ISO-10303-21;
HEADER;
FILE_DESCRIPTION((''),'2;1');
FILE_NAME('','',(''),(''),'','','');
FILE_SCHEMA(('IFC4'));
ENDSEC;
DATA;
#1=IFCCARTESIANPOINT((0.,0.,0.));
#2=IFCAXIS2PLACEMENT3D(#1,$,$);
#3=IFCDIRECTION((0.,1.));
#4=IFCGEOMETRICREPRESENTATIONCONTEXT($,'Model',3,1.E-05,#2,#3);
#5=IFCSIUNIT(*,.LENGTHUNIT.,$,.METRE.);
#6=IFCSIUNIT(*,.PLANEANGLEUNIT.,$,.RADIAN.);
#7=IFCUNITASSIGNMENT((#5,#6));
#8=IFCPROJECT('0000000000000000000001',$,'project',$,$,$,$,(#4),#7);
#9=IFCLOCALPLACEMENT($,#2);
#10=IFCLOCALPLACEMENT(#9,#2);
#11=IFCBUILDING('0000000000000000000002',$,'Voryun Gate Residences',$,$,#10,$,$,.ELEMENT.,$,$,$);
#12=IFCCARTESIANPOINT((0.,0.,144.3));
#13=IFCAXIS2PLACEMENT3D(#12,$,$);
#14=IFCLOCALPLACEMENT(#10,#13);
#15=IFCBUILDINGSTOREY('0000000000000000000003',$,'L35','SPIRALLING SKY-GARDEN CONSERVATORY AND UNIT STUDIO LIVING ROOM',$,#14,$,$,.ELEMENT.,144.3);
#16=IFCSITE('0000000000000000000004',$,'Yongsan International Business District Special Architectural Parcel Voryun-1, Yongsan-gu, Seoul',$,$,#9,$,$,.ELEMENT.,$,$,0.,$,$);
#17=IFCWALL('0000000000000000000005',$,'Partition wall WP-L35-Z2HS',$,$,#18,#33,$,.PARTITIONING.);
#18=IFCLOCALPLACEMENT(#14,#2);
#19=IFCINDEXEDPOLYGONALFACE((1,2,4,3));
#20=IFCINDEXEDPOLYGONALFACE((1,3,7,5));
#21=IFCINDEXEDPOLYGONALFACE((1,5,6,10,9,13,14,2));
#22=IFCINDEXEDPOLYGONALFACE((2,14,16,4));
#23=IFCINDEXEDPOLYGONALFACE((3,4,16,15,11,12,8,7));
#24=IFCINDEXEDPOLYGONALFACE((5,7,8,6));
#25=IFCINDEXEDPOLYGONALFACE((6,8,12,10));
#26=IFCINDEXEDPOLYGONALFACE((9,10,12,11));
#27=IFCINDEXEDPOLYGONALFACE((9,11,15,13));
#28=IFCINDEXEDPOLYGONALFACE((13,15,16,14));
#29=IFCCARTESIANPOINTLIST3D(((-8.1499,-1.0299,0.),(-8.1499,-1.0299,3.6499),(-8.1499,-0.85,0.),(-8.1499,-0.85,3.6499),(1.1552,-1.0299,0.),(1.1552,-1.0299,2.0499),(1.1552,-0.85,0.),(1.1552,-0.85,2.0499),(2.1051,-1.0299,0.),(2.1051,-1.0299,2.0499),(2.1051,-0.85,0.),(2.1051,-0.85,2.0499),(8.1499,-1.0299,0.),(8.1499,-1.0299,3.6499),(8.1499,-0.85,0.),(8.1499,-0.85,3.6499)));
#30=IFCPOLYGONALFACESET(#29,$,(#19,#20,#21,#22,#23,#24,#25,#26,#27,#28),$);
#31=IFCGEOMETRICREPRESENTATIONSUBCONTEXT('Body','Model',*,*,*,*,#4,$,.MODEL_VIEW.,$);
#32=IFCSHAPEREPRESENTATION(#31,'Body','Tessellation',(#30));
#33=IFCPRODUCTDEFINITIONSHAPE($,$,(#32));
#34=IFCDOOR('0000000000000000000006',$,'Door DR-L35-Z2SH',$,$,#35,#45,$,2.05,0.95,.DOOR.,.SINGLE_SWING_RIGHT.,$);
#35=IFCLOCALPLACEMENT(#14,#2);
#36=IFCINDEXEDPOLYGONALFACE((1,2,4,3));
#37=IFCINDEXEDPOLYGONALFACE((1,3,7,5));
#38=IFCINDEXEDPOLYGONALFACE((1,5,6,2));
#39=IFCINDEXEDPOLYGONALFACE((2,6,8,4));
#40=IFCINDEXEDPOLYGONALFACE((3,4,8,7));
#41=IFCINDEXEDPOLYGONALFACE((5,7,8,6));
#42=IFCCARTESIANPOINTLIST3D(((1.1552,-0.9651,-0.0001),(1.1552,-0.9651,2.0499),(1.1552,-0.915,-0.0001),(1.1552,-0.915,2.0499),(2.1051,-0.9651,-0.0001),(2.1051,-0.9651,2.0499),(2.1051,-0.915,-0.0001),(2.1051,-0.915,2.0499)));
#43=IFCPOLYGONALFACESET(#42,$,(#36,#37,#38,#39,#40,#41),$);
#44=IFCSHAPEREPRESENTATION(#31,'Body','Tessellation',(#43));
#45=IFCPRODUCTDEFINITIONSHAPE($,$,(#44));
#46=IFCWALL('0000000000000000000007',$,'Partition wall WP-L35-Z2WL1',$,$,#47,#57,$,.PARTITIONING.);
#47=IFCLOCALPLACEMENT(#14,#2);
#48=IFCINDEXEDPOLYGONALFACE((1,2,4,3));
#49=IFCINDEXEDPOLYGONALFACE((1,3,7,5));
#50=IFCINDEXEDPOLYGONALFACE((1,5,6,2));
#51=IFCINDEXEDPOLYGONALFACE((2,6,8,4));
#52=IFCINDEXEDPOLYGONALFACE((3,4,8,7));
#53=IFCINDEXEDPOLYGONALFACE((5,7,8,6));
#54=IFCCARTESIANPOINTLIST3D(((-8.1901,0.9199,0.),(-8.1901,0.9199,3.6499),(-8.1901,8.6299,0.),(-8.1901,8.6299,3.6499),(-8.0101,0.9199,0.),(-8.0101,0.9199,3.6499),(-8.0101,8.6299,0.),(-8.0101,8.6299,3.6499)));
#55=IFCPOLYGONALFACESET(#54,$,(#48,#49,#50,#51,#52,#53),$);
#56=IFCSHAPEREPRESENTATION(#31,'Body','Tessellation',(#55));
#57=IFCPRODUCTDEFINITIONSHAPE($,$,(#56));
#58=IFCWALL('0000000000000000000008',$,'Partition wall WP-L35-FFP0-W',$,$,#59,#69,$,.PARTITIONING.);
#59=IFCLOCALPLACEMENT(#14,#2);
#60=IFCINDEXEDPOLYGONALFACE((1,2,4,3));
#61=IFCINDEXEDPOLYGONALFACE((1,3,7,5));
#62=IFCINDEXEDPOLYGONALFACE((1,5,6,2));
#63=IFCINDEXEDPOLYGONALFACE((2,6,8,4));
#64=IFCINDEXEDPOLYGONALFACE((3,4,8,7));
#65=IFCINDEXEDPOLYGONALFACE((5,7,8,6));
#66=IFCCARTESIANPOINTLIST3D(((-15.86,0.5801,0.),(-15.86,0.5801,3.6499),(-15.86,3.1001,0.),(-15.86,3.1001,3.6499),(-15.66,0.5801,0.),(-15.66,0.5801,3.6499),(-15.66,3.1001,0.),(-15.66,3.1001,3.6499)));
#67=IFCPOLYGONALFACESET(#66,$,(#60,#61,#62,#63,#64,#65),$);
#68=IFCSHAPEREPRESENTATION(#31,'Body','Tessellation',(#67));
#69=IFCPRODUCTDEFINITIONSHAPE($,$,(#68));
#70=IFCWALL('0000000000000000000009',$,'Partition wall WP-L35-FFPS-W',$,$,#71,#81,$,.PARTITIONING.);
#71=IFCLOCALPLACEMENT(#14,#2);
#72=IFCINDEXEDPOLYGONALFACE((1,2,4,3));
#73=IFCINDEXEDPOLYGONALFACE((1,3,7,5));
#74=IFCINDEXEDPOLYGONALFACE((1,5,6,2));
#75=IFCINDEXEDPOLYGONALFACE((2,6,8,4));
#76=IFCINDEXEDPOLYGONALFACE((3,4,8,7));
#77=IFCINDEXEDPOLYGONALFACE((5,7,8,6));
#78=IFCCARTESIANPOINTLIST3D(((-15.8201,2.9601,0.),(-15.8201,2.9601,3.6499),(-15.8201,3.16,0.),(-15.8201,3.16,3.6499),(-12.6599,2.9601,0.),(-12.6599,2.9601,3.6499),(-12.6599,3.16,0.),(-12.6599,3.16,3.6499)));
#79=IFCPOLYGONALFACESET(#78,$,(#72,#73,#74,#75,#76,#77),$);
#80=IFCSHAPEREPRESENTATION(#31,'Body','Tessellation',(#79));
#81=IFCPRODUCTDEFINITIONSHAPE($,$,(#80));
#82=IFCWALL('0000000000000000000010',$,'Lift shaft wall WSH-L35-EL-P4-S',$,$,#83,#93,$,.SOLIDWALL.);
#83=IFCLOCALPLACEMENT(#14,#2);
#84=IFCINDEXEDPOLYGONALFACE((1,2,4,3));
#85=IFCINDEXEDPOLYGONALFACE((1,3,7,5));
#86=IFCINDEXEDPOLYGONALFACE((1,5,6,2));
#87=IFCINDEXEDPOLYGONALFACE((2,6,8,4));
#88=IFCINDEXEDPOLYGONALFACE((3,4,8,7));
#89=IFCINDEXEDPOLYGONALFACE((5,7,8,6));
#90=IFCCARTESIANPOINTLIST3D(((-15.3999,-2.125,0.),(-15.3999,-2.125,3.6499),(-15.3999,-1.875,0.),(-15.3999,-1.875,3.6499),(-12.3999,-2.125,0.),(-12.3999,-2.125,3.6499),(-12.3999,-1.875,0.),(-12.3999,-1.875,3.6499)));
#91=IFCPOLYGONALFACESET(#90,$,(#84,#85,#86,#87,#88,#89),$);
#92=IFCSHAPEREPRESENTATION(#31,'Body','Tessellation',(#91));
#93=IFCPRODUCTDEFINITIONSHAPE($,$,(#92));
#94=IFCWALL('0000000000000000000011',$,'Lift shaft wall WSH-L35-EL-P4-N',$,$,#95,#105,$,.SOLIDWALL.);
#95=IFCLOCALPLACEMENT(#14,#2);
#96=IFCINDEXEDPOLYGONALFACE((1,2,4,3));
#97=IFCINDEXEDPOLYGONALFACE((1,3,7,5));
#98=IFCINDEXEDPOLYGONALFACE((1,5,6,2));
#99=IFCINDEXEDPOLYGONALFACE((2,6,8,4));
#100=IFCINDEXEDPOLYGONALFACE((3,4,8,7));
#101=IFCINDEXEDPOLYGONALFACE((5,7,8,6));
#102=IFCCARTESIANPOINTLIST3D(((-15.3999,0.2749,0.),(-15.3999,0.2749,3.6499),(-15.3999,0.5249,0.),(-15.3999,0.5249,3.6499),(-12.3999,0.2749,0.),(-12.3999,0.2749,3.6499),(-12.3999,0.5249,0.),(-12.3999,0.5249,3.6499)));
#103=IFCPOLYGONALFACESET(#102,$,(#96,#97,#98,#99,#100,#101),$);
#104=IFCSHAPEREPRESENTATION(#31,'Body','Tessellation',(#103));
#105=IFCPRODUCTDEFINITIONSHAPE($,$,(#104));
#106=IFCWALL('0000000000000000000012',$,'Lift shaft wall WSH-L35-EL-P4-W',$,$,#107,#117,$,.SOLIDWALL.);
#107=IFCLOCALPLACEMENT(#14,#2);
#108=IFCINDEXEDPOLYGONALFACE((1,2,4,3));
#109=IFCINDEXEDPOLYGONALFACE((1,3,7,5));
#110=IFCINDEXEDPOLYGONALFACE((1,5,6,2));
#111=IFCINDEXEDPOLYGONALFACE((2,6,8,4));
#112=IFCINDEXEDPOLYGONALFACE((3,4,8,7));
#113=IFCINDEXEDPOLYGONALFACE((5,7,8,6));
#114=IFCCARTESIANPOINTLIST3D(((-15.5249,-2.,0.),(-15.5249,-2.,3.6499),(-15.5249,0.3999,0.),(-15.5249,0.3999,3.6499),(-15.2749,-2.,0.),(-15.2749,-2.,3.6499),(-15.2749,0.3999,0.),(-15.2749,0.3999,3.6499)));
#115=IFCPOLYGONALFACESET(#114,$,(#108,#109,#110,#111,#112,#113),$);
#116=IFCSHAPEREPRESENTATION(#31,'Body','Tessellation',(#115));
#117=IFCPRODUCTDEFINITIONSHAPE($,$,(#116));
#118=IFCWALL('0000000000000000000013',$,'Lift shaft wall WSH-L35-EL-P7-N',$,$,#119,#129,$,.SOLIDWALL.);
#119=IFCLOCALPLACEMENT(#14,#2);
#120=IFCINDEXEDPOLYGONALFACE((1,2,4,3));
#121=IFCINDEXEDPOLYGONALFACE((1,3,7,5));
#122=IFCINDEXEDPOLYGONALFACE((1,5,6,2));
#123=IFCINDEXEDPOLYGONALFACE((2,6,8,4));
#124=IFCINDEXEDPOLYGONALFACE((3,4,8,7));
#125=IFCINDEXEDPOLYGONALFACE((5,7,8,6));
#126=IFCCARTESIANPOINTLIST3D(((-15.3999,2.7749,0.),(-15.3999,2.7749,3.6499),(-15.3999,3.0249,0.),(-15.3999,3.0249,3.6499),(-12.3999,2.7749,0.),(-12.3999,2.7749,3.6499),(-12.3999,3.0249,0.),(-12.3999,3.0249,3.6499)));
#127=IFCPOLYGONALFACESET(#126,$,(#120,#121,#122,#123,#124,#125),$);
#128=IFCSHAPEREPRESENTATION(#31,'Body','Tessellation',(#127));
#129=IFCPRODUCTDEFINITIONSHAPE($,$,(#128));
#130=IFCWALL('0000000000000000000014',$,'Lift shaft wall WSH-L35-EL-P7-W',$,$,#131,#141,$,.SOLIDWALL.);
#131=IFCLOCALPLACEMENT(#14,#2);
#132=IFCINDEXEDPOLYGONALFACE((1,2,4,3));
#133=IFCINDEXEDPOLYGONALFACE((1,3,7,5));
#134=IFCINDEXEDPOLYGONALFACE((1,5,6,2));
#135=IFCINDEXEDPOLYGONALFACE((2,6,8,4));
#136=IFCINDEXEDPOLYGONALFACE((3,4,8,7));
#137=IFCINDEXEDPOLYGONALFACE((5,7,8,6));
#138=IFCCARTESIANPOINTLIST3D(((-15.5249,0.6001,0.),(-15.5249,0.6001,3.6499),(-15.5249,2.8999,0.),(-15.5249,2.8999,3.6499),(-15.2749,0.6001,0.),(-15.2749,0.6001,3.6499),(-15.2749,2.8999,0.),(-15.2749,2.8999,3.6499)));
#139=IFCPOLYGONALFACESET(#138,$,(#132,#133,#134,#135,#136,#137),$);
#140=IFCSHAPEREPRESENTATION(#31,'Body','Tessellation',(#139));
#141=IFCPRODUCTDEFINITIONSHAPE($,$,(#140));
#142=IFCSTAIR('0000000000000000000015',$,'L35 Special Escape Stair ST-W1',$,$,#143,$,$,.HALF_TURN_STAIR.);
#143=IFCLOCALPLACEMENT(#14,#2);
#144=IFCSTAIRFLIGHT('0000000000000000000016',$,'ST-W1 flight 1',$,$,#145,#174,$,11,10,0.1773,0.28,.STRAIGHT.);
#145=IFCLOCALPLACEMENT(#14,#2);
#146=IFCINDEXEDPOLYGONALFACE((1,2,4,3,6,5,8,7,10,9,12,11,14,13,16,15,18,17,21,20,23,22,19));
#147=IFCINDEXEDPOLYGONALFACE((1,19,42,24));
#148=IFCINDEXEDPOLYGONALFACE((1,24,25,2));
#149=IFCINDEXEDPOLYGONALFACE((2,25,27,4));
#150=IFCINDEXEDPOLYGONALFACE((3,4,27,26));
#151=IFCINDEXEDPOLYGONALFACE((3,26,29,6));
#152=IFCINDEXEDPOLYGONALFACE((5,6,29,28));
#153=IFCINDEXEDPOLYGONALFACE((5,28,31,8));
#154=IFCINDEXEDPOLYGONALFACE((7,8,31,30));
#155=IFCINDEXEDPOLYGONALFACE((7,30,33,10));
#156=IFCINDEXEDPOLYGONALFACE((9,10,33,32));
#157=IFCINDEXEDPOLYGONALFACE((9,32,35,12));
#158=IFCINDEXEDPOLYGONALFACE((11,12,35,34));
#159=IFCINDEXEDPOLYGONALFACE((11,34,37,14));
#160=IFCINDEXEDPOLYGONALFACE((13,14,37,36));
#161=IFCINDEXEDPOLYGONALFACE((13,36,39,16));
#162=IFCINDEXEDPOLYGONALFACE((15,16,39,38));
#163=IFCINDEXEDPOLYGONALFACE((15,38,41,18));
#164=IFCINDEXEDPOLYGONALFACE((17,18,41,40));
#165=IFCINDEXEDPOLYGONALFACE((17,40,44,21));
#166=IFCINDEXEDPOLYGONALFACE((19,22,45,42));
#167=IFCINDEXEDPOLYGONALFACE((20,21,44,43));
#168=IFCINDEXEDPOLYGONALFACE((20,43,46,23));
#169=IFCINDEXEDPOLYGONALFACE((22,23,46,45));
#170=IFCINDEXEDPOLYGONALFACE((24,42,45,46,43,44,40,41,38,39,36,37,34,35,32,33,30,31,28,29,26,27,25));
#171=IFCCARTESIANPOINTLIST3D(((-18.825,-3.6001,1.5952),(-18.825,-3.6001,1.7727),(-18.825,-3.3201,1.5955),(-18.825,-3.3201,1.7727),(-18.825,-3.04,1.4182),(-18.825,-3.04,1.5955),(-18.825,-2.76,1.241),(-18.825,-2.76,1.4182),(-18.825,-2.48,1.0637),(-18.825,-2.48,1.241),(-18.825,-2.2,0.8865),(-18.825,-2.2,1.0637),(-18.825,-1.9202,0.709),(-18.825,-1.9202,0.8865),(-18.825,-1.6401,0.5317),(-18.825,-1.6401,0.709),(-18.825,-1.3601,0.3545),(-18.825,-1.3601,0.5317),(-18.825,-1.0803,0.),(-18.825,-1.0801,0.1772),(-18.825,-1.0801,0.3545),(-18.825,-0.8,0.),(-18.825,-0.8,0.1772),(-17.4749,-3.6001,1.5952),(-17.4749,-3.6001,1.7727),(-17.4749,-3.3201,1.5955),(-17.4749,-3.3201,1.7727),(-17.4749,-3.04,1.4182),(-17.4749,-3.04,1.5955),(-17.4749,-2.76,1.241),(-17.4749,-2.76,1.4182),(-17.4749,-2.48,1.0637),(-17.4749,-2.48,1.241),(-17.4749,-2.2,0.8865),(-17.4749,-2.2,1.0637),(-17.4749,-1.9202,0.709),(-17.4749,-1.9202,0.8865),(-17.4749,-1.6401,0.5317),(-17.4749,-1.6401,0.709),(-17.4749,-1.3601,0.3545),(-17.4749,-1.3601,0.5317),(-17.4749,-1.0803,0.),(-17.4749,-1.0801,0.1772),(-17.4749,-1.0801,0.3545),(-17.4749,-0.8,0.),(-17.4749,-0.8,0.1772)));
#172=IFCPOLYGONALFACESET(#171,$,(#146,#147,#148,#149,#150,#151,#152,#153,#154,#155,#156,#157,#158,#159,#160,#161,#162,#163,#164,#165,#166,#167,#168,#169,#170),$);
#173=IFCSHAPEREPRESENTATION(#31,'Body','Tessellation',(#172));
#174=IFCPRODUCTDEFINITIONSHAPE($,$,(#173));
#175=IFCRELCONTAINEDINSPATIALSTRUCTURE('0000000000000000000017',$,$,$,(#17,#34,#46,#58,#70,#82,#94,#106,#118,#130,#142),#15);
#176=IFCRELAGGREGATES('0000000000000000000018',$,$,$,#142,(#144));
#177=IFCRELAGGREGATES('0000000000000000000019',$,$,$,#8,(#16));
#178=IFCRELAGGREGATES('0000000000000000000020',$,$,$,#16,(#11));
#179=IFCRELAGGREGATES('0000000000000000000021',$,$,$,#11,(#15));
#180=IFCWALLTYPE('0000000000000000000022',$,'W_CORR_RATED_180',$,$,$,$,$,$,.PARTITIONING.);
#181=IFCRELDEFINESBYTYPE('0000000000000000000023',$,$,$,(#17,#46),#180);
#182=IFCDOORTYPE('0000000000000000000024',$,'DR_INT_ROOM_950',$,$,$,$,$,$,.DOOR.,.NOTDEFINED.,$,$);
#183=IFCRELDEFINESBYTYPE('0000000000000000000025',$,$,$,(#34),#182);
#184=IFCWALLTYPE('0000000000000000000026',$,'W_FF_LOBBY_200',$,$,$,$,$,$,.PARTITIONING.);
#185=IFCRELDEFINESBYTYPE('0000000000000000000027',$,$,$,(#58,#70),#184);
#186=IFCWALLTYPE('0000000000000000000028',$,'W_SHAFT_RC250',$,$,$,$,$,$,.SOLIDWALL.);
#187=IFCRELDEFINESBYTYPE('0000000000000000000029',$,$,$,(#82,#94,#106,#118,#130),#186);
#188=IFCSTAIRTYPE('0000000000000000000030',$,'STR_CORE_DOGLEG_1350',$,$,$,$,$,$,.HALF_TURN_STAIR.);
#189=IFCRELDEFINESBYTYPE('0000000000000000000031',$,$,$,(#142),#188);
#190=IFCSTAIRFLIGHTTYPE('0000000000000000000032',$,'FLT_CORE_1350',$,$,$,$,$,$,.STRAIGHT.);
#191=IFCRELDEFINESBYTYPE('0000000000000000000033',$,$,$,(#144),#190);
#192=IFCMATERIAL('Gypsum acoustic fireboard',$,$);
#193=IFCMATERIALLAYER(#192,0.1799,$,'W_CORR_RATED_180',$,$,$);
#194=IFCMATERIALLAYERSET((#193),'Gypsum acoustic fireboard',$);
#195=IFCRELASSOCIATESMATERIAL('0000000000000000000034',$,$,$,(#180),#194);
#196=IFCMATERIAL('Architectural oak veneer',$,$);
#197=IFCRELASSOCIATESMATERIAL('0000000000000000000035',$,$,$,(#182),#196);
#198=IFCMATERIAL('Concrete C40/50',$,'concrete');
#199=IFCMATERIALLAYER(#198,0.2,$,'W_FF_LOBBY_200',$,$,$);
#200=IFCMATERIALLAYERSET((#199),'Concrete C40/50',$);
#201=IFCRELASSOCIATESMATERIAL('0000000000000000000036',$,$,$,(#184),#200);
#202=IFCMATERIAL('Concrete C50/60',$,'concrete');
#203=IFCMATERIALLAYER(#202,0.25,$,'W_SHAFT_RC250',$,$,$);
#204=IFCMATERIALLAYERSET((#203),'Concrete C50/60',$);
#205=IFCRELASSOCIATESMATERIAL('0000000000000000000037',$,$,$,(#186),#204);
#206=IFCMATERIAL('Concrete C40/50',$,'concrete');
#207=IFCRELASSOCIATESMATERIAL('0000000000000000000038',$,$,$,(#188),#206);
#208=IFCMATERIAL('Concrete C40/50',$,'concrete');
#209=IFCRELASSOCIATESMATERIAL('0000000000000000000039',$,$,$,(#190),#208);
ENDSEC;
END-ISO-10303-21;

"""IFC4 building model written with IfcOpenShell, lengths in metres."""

from ifc_helpers import new_model, si_unit, direction, frame, frame_2d, origin, place, context, subcontext, project, spatial, polyline, rectangle, outline, extrude, material, layer, layer_set, type_object, element, fill, aggregate, save


model = new_model("IFC4")

# Units and contexts
model_context = context("Model", 3, precision=1e-05, world=origin(), true_north=direction((0.0, 1.0)))
body_context = subcontext(model_context, "Body", "Model", "MODEL_VIEW")
ifc_project = project(units=[si_unit("LENGTHUNIT", "METRE"), si_unit("PLANEANGLEUNIT", "RADIAN")], contexts=[model_context])

# Site, building, storey
site_placement = place(None, origin())
site = spatial("IfcSite", under=ifc_project, at=site_placement, Name="Yongsan International Business District Special Architectural Parcel Voryun-1, Yongsan-gu, Seoul", CompositionType="ELEMENT", RefElevation=0.0)
building_placement = place(site_placement, origin())
building = spatial("IfcBuilding", under=site, at=building_placement, Name="Voryun Gate Residences", CompositionType="ELEMENT")
storey_placement = place(building_placement, frame((0.0, 0.0, 144.3)))
storey = spatial("IfcBuildingStorey", under=building, at=storey_placement, Name="L35", Description="SPIRALLING SKY-GARDEN CONSERVATORY AND UNIT STUDIO LIVING ROOM", CompositionType="ELEMENT", Elevation=144.3)

# Wall, opening, door
ifc_material_1 = material(Name="Gypsum acoustic fireboard")
ifc_layer_1 = layer(ifc_material_1, 0.1799, Name="W_CORR_RATED_180")
ifc_layer_set_1 = layer_set([ifc_layer_1], Name="Gypsum acoustic fireboard")
wall_type_1 = type_object("IfcWallType", Name="W_CORR_RATED_180", PredefinedType="PARTITIONING", material=ifc_layer_set_1)
ifc_material_2 = material(Name="Architectural oak veneer")
door_type_1 = type_object("IfcDoorType", Name="DR_INT_ROOM_950", OperationType="NOTDEFINED", PredefinedType="DOOR", material=ifc_material_2)
wall_1_placement = place(storey_placement, frame((-8.1499, -0.9399, 0.0), z_axis=(0.0, 0.0, 1.0), x_axis=(1.0, 0.0, 0.0)))
wall_1 = element("IfcWall", 1, at=wall_1_placement, inside=storey, type_object=wall_type_1, Name="Partition wall WP-L35-Z2HS", PredefinedType="PARTITIONING", context=body_context, shape_type="SweptSolid", body=[
    extrude(rectangle(XDim=16.2998, YDim=0.1799, at=frame_2d((8.1499, 0.0))), origin(), (0.0, 0.0, 1.0), 3.6499),
])
opening_1_placement = place(wall_1_placement, frame((9.3049, 0.0, 0.0)))
opening_1 = element("IfcOpeningElement", 2, at=opening_1_placement, cuts=wall_1, PredefinedType="OPENING", context=body_context, shape_type="SweptSolid", body=[
    extrude(rectangle(XDim=0.95, YDim=2.05, at=frame_2d((0.4751, 1.0249))), frame((0.0, 0.0999, 0.0), z_axis=(0.0, -1.0, 0.0), x_axis=(1.0, 0.0, 0.0)), (0.0, 0.0, 1.0), 0.2),
])
door_1_placement = place(opening_1_placement, origin())
door_1 = element("IfcDoor", 3, at=door_1_placement, inside=storey, type_object=door_type_1, Name="Door DR-L35-Z2SH", OperationType="SINGLE_SWING_RIGHT", OverallHeight=2.05, OverallWidth=0.95, PredefinedType="DOOR", context=body_context, shape_type="SweptSolid", body=[
    extrude(rectangle(XDim=0.95, YDim=2.05, at=frame_2d((0.4751, 1.0249))), frame((0.0, 0.0249, 0.0), z_axis=(0.0, -1.0, 0.0), x_axis=(1.0, 0.0, 0.0)), (0.0, 0.0, 1.0), 0.05),
])
fill(opening_1, door_1)

# Walls
wall_2_placement = place(storey_placement, frame((-8.1001, 0.9199, 0.0), z_axis=(0.0, 0.0, 1.0), x_axis=(0.0, 1.0, 0.0)))
element("IfcWall", 4, at=wall_2_placement, inside=storey, type_object=wall_type_1, Name="Partition wall WP-L35-Z2WL1", PredefinedType="PARTITIONING", context=body_context, shape_type="SweptSolid", body=[
    extrude(rectangle(XDim=7.71, YDim=0.1799, at=frame_2d((3.855, 0.0))), origin(), (0.0, 0.0, 1.0), 3.6499),
])
ifc_material_3 = material(Name="Concrete C40/50", Category="concrete")
ifc_layer_2 = layer(ifc_material_3, 0.2, Name="W_FF_LOBBY_200")
ifc_layer_set_2 = layer_set([ifc_layer_2], Name="Concrete C40/50")
wall_type_2 = type_object("IfcWallType", Name="W_FF_LOBBY_200", PredefinedType="PARTITIONING", material=ifc_layer_set_2)
wall_3_placement = place(storey_placement, frame((-15.76, 0.5801, 0.0), z_axis=(0.0, 0.0, 1.0), x_axis=(0.0, 1.0, 0.0)))
element("IfcWall", 5, at=wall_3_placement, inside=storey, type_object=wall_type_2, Name="Partition wall WP-L35-FFP0-W", PredefinedType="PARTITIONING", context=body_context, shape_type="SweptSolid", body=[
    extrude(rectangle(XDim=2.52, YDim=0.2, at=frame_2d((1.26, 0.0))), origin(), (0.0, 0.0, 1.0), 3.6499),
])
wall_4_placement = place(storey_placement, frame((-15.8201, 3.0601, 0.0), z_axis=(0.0, 0.0, 1.0), x_axis=(1.0, 0.0, 0.0)))
element("IfcWall", 6, at=wall_4_placement, inside=storey, type_object=wall_type_2, Name="Partition wall WP-L35-FFPS-W", PredefinedType="PARTITIONING", context=body_context, shape_type="SweptSolid", body=[
    extrude(rectangle(XDim=3.1602, YDim=0.2, at=frame_2d((1.5801, 0.0))), origin(), (0.0, 0.0, 1.0), 3.6499),
])
ifc_material_4 = material(Name="Concrete C50/60", Category="concrete")
ifc_layer_3 = layer(ifc_material_4, 0.25, Name="W_SHAFT_RC250")
ifc_layer_set_3 = layer_set([ifc_layer_3], Name="Concrete C50/60")
wall_type_3 = type_object("IfcWallType", Name="W_SHAFT_RC250", PredefinedType="SOLIDWALL", material=ifc_layer_set_3)
for number, where, z_axis, x_axis, name in (
    (7, (-15.3999, -2.0, 0.0), (0.0, 0.0, 1.0), (1.0, 0.0, 0.0), "Lift shaft wall WSH-L35-EL-P4-S"),
    (8, (-12.3999, 0.3999, 0.0), (0.0, 0.0, 1.0), (-1.0, 0.0, 0.0), "Lift shaft wall WSH-L35-EL-P4-N"),
):
    element("IfcWall", number, at=place(storey_placement, frame(where, z_axis=z_axis, x_axis=x_axis)), inside=storey, type_object=wall_type_3, Name=name, PredefinedType="SOLIDWALL", context=body_context, shape_type="SweptSolid", body=[
        extrude(rectangle(XDim=3.0, YDim=0.25, at=frame_2d((1.5, 0.0))), origin(), (0.0, 0.0, 1.0), 3.6499),
    ])
wall_5_placement = place(storey_placement, frame((-15.3999, 0.3999, 0.0), z_axis=(0.0, 0.0, 1.0), x_axis=(0.0, -1.0, 0.0)))
element("IfcWall", 9, at=wall_5_placement, inside=storey, type_object=wall_type_3, Name="Lift shaft wall WSH-L35-EL-P4-W", PredefinedType="SOLIDWALL", context=body_context, shape_type="SweptSolid", body=[
    extrude(rectangle(XDim=2.3999, YDim=0.25, at=frame_2d((1.2, 0.0))), origin(), (0.0, 0.0, 1.0), 3.6499),
])
wall_6_placement = place(storey_placement, frame((-12.3999, 2.8999, 0.0), z_axis=(0.0, 0.0, 1.0), x_axis=(-1.0, 0.0, 0.0)))
element("IfcWall", 10, at=wall_6_placement, inside=storey, type_object=wall_type_3, Name="Lift shaft wall WSH-L35-EL-P7-N", PredefinedType="SOLIDWALL", context=body_context, shape_type="SweptSolid", body=[
    extrude(rectangle(XDim=3.0, YDim=0.25, at=frame_2d((1.5, 0.0))), origin(), (0.0, 0.0, 1.0), 3.6499),
])
wall_7_placement = place(storey_placement, frame((-15.3999, 2.8999, 0.0), z_axis=(0.0, 0.0, 1.0), x_axis=(0.0, -1.0, 0.0)))
element("IfcWall", 11, at=wall_7_placement, inside=storey, type_object=wall_type_3, Name="Lift shaft wall WSH-L35-EL-P7-W", PredefinedType="SOLIDWALL", context=body_context, shape_type="SweptSolid", body=[
    extrude(rectangle(XDim=2.2998, YDim=0.25, at=frame_2d((1.1499, 0.0))), origin(), (0.0, 0.0, 1.0), 3.6499),
])

# Stair, stair flight
ifc_material_5 = material(Name="Concrete C40/50", Category="concrete")
stair_type = type_object("IfcStairType", Name="STR_CORE_DOGLEG_1350", PredefinedType="HALF_TURN_STAIR", material=ifc_material_5)
stair_placement = place(storey_placement, origin())
stair = element("IfcStair", 12, at=stair_placement, inside=storey, type_object=stair_type, Name="L35 Special Escape Stair ST-W1", PredefinedType="HALF_TURN_STAIR")
ifc_material_6 = material(Name="Concrete C40/50", Category="concrete")
stair_flight_type = type_object("IfcStairFlightType", Name="FLT_CORE_1350", PredefinedType="STRAIGHT", material=ifc_material_6)
stair_flight_placement = place(storey_placement, frame((-18.1499, -0.8, 0.0), z_axis=(0.0, 0.0, 1.0), x_axis=(0.0, -1.0, 0.0)))
stair_flight = element("IfcStairFlight", 13, at=stair_flight_placement, type_object=stair_flight_type, Name="ST-W1 flight 1", NumberOfRisers=11, NumberOfTreads=10, PredefinedType="STRAIGHT", RiserHeight=0.1773, TreadLength=0.28, context=body_context, shape_type="SweptSolid", body=[
    extrude(outline(polyline([(0.0, 0.0), (0.0, 0.1772), (0.28, 0.1772), (0.28, 0.3545), (0.5601, 0.3545), (0.5601, 0.5317), (0.8401, 0.5317), (0.8401, 0.709), (1.1201, 0.709), (1.1201, 0.8865), (1.3999, 0.8865), (1.3999, 1.0637), (1.6799, 1.0637), (1.6799, 1.241), (1.96, 1.241), (1.96, 1.4182), (2.24, 1.4182), (2.24, 1.5955), (2.52, 1.5955), (2.52, 1.7727), (2.8, 1.7727), (2.8, 1.95), (2.8, 1.5952), (0.2803, 0.0), (0.0, 0.0)])), frame((0.0, 0.675, 0.0), z_axis=(0.0, -1.0, 0.0), x_axis=(1.0, 0.0, 0.0)), (0.0, 0.0, 1.0), 1.3501),
])
aggregate(stair, [stair_flight])

save(model, "model.ifc")
